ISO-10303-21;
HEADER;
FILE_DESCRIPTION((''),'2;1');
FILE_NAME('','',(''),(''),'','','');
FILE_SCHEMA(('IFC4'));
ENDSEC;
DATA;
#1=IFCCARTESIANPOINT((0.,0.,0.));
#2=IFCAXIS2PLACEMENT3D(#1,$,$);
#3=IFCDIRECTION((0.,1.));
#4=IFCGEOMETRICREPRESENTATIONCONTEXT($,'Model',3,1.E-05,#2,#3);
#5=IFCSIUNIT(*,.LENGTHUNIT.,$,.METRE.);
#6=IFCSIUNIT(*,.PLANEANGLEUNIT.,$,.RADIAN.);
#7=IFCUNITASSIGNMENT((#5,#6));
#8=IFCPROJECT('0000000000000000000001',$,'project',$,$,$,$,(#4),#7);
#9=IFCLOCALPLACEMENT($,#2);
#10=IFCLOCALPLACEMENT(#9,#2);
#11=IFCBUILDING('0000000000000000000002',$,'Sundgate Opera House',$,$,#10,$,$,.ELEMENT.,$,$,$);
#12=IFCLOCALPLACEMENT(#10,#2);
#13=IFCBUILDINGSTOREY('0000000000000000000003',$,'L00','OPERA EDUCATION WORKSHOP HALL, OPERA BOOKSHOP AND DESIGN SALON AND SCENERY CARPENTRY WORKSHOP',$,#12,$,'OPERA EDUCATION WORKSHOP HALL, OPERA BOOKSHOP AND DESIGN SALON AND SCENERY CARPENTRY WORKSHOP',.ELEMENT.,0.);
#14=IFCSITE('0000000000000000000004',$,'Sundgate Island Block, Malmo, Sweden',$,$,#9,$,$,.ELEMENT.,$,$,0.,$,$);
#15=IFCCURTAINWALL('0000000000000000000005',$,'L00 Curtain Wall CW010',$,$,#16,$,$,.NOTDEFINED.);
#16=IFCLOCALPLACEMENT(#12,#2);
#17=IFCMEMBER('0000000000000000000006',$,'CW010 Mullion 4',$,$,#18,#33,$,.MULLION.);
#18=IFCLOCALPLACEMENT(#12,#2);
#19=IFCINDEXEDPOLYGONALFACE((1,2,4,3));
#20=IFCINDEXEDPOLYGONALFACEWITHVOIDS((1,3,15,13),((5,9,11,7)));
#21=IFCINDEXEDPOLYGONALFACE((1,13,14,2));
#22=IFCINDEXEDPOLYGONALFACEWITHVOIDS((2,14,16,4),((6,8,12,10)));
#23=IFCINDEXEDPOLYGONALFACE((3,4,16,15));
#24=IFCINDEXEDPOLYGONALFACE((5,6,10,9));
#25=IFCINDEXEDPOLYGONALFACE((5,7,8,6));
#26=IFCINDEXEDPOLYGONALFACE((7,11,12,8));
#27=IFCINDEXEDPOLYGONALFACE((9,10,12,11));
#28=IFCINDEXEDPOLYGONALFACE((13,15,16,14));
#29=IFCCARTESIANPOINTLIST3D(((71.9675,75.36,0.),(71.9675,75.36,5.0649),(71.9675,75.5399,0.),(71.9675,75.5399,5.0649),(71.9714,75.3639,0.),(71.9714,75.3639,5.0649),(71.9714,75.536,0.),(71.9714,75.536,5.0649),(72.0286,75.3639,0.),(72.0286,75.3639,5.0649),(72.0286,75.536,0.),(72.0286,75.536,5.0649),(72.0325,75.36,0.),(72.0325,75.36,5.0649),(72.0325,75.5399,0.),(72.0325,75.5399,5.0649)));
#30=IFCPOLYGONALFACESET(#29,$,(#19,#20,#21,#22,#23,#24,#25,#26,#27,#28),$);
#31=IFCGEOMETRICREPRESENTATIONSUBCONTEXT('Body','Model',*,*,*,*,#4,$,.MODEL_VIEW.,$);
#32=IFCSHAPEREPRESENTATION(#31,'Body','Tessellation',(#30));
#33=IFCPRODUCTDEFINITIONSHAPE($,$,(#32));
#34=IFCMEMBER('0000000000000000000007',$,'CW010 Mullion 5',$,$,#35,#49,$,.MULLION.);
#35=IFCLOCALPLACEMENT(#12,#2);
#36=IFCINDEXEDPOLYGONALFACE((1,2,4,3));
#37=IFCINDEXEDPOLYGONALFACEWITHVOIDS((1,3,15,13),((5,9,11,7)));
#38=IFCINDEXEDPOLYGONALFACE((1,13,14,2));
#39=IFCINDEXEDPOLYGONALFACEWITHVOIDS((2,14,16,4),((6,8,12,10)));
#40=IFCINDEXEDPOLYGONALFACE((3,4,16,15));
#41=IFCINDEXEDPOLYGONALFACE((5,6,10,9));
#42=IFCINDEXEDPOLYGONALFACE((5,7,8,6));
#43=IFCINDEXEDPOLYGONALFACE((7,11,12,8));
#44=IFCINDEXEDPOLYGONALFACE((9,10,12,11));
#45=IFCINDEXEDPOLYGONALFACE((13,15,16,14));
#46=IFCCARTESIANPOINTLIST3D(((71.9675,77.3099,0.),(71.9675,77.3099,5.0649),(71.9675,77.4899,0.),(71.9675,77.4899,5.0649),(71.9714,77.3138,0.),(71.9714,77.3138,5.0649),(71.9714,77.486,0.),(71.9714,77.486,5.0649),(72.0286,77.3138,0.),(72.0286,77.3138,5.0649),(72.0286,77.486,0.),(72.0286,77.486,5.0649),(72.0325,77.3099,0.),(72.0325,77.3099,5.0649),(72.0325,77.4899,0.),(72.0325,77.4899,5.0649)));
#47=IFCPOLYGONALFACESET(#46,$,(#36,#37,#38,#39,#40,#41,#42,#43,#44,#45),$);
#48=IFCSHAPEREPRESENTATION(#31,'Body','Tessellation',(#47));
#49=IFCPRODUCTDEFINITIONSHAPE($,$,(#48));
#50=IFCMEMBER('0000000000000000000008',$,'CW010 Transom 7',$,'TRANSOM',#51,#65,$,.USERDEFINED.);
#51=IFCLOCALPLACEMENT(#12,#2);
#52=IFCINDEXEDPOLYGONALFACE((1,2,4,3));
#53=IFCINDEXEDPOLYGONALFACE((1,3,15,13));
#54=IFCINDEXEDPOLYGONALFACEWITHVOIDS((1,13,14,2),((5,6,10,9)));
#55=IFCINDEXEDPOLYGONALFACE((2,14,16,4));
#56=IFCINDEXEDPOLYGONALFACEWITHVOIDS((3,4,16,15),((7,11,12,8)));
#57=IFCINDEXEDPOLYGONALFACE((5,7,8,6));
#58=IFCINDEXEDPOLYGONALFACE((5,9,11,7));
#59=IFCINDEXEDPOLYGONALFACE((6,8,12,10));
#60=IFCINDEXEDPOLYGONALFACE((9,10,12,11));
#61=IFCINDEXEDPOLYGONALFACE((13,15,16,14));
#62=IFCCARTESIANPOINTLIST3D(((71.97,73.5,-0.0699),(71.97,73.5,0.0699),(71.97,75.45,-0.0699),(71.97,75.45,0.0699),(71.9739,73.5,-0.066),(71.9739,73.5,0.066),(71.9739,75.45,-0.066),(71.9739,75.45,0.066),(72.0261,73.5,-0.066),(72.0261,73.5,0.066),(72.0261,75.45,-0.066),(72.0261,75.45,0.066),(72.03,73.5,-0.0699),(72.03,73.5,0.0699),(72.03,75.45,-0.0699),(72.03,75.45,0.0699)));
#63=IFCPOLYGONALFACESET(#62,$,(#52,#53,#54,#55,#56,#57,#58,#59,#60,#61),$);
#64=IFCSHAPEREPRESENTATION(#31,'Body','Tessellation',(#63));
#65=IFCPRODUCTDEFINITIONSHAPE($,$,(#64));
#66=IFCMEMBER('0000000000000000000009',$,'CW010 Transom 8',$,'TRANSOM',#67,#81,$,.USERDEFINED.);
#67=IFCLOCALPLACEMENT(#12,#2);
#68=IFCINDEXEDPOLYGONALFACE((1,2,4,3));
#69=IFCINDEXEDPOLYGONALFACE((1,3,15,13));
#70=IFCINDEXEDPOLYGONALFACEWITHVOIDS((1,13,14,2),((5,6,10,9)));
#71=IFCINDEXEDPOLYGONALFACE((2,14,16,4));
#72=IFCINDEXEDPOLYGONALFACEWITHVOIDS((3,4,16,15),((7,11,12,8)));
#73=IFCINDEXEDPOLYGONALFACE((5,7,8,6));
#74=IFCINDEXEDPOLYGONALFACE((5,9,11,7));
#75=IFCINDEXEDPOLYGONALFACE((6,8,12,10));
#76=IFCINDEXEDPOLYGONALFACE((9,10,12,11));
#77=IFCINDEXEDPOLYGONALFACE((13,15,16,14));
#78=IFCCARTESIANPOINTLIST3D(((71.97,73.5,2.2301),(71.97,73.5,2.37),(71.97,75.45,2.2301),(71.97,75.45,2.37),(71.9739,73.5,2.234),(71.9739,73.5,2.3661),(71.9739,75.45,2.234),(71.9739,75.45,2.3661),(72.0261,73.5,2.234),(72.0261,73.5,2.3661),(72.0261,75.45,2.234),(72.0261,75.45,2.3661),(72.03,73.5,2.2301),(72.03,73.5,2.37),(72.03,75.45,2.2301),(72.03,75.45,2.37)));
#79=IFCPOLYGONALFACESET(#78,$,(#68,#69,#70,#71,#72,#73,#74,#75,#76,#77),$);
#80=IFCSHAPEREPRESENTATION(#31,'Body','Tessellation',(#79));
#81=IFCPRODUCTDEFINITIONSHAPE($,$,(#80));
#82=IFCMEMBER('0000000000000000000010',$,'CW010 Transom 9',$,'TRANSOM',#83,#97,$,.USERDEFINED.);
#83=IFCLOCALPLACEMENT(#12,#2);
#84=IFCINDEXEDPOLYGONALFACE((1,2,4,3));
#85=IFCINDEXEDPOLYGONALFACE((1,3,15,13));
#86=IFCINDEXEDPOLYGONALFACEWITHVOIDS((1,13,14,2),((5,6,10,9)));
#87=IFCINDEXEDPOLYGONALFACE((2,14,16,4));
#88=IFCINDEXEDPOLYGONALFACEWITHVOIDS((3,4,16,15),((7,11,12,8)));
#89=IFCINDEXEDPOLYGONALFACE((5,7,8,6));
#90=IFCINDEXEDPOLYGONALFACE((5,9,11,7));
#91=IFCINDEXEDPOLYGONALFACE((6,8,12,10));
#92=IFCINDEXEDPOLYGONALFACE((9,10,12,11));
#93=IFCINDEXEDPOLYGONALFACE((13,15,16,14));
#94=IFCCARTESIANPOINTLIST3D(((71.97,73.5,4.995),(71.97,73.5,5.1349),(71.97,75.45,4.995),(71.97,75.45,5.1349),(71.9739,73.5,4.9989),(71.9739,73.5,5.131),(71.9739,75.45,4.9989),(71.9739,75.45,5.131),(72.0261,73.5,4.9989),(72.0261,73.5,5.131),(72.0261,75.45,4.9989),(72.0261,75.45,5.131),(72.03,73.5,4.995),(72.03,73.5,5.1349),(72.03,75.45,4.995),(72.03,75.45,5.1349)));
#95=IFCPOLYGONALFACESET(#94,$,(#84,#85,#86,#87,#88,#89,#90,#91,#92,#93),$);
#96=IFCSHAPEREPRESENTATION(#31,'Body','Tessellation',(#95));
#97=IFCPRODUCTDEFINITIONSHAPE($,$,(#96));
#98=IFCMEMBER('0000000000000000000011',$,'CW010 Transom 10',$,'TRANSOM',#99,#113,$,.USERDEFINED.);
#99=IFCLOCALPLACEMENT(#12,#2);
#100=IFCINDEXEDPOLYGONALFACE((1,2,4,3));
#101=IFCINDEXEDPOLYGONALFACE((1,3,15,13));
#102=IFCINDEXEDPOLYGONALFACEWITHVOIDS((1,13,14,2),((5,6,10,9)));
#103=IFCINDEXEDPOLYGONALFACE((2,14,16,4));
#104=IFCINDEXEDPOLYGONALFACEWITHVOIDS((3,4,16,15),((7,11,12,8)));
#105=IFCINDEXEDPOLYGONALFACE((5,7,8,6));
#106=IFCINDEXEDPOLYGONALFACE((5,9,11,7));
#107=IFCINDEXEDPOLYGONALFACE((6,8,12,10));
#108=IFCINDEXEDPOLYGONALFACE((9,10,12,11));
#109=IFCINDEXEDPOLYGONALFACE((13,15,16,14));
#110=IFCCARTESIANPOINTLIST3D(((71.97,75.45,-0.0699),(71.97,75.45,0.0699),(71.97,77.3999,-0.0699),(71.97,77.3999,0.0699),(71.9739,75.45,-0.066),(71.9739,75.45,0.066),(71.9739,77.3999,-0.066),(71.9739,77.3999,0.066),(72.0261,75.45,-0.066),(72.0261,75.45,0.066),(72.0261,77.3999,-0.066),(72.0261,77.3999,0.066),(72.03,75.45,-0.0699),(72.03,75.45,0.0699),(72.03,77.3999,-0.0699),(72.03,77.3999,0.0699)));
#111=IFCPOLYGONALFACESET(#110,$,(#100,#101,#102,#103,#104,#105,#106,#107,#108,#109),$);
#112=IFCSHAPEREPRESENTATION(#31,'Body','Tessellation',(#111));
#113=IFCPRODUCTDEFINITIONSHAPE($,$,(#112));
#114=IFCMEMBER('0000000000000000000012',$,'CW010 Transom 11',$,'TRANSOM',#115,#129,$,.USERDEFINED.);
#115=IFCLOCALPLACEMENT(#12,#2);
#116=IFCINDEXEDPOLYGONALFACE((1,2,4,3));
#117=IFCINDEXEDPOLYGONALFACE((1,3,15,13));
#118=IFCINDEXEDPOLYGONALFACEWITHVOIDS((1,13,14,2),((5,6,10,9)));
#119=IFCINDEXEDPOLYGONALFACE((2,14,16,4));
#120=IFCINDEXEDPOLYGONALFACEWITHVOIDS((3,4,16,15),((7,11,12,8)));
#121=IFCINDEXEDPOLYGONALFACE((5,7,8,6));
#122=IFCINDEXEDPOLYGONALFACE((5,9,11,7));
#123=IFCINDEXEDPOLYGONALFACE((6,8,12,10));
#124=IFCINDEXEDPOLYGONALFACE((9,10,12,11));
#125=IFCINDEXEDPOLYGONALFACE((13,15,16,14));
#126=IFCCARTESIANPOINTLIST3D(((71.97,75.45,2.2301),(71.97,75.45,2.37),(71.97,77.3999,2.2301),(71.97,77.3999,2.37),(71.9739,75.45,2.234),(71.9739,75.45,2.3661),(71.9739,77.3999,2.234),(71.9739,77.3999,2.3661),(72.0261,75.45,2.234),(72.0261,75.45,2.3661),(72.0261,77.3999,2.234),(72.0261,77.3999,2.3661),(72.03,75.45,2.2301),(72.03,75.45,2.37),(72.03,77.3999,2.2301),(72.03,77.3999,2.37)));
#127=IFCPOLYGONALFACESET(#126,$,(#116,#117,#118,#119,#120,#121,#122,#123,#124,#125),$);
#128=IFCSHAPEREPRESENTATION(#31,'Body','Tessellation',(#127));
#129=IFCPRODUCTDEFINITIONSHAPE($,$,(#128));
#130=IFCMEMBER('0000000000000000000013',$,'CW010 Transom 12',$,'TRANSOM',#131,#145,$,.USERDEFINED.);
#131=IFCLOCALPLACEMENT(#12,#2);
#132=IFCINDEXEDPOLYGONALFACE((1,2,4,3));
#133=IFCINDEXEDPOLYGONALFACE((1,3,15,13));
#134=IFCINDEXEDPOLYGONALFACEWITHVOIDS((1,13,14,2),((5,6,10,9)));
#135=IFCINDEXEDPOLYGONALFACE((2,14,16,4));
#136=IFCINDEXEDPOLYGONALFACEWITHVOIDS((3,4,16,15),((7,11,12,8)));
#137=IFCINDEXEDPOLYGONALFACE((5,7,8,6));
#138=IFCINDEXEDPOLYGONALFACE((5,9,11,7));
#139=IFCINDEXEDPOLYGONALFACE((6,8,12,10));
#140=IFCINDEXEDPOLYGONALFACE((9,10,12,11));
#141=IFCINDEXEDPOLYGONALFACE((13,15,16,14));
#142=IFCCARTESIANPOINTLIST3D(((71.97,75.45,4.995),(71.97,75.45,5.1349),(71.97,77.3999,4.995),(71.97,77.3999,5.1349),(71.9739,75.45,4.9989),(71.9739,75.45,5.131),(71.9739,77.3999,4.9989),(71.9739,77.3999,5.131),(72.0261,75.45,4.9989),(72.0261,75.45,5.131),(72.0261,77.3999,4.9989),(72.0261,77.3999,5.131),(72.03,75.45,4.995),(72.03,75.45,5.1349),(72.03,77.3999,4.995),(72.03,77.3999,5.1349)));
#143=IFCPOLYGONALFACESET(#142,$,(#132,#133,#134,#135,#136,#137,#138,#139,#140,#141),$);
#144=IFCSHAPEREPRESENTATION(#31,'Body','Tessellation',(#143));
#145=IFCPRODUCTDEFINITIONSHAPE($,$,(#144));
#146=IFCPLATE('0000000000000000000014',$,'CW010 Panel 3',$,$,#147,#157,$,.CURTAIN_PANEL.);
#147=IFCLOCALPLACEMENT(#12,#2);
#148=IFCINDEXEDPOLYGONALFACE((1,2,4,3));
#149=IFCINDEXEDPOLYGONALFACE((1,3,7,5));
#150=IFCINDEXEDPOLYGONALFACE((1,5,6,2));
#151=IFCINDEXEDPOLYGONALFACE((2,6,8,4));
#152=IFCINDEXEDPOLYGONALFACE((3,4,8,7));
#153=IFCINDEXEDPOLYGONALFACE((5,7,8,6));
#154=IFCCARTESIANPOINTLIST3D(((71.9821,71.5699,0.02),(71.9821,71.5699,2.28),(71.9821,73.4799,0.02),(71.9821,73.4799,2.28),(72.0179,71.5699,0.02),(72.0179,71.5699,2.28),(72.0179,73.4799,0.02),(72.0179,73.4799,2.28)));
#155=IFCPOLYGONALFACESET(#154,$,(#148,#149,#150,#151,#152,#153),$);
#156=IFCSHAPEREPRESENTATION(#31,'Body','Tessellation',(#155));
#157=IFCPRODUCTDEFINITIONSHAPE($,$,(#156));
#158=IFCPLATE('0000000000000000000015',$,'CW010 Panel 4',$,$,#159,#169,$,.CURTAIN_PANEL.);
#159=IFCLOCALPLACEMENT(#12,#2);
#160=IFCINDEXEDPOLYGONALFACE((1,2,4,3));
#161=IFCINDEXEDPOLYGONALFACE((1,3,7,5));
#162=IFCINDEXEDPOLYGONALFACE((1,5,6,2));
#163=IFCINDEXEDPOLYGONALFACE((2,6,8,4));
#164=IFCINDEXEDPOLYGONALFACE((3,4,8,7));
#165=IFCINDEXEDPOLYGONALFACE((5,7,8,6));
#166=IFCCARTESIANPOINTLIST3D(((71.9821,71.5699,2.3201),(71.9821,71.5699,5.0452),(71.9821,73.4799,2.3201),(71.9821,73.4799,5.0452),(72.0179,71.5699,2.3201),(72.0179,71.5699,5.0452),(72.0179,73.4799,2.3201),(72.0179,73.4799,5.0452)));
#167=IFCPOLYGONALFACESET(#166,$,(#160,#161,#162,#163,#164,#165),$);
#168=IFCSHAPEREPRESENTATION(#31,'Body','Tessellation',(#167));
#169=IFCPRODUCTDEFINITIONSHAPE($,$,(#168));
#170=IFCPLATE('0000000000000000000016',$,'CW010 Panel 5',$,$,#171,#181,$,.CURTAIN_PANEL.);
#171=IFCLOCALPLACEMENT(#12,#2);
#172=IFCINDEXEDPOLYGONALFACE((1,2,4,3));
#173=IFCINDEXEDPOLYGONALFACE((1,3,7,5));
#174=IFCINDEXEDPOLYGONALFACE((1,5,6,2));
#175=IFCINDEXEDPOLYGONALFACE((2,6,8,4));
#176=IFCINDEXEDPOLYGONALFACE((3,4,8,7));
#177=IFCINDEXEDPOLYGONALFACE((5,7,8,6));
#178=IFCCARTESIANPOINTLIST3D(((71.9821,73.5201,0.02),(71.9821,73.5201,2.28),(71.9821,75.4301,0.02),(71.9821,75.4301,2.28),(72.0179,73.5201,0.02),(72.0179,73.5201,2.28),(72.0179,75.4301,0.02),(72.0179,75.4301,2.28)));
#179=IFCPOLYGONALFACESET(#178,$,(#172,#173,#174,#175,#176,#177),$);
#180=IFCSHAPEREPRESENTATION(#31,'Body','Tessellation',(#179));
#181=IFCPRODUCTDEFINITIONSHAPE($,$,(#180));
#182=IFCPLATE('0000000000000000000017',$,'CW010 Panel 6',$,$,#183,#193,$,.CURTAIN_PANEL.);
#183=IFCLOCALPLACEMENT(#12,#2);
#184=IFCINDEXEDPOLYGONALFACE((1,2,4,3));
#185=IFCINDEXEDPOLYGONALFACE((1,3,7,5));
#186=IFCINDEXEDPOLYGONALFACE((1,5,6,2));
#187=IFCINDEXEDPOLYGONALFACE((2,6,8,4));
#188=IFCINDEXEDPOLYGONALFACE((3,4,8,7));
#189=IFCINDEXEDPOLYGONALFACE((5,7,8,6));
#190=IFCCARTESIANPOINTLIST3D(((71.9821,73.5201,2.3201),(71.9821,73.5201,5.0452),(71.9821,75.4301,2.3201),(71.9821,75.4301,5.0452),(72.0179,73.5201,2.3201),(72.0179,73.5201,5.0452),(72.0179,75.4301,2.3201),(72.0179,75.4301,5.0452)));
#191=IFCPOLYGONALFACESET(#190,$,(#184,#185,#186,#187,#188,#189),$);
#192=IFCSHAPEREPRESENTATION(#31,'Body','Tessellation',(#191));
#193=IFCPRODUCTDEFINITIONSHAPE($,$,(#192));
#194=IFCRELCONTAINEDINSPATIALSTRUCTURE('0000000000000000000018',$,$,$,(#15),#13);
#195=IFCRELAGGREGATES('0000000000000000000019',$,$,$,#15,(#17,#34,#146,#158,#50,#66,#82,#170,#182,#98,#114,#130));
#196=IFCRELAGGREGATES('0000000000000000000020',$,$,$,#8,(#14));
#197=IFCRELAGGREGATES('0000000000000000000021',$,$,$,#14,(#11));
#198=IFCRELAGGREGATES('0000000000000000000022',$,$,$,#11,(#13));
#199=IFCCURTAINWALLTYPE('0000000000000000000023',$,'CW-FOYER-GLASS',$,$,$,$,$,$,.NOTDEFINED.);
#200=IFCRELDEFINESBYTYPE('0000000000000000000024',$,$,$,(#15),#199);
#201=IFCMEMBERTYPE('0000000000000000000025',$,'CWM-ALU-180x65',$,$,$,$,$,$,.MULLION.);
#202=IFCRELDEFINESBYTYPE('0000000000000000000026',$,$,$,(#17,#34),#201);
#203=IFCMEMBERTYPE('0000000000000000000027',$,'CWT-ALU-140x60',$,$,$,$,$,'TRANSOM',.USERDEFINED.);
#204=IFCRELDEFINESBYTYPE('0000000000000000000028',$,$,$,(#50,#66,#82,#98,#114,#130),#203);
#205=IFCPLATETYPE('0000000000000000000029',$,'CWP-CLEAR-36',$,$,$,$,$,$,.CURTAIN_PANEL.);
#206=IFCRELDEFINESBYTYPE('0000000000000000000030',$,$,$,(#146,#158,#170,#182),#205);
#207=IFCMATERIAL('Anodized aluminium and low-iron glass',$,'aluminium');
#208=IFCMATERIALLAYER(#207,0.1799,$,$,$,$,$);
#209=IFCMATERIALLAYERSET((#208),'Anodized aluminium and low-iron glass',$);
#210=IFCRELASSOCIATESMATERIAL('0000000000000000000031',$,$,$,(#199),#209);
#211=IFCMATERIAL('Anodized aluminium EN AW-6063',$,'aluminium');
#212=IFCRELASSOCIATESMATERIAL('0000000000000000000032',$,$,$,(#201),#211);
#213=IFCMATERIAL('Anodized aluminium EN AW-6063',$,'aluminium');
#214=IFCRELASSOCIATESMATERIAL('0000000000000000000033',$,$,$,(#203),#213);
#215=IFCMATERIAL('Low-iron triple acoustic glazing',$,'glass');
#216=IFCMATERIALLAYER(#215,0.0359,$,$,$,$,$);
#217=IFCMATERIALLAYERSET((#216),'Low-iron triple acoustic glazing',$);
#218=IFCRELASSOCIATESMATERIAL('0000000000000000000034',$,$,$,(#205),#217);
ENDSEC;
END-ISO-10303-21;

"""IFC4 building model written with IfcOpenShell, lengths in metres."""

from ifc_helpers import new_model, si_unit, direction, frame, origin, origin_2d, place, context, subcontext, project, spatial, rectangle, hollow_rectangle, extrude, material, layer, layer_set, material_profile, profile_set, type_object, element, aggregate, save


model = new_model("IFC4")

# Units and contexts
model_context = context("Model", 3, precision=1e-05, world=origin(), true_north=direction((0.0, 1.0)))
body_context = subcontext(model_context, "Body", "Model", "MODEL_VIEW")
ifc_project = project(units=[si_unit("LENGTHUNIT", "METRE"), si_unit("PLANEANGLEUNIT", "RADIAN")], contexts=[model_context])

# Site, building, storey
site_placement = place(None, origin())
site = spatial("IfcSite", under=ifc_project, at=site_placement, Name="Sundgate Island Block, Malmo, Sweden", CompositionType="ELEMENT", RefElevation=0.0)
building_placement = place(site_placement, origin())
building = spatial("IfcBuilding", under=site, at=building_placement, Name="Sundgate Opera House", CompositionType="ELEMENT")
storey_placement = place(building_placement, origin())
storey = spatial("IfcBuildingStorey", under=building, at=storey_placement, Name="L00", Description="OPERA EDUCATION WORKSHOP HALL, OPERA BOOKSHOP AND DESIGN SALON AND SCENERY CARPENTRY WORKSHOP", LongName="OPERA EDUCATION WORKSHOP HALL, OPERA BOOKSHOP AND DESIGN SALON AND SCENERY CARPENTRY WORKSHOP", CompositionType="ELEMENT", Elevation=0.0)

# Curtain wall, members, plates
ifc_material_1 = material(Name="Anodized aluminium and low-iron glass", Category="aluminium")
ifc_layer_1 = layer(ifc_material_1, 0.1799)
ifc_layer_set_1 = layer_set([ifc_layer_1], Name="Anodized aluminium and low-iron glass")
curtain_wall_type = type_object("IfcCurtainWallType", Name="CW-FOYER-GLASS", PredefinedType="NOTDEFINED", material=ifc_layer_set_1)
curtain_wall_placement = place(storey_placement, origin())
curtain_wall = element("IfcCurtainWall", 1, at=curtain_wall_placement, inside=storey, type_object=curtain_wall_type, Name="L00 Curtain Wall CW010", PredefinedType="NOTDEFINED")
ifc_material_2 = material(Name="Anodized aluminium EN AW-6063", Category="aluminium")
ifc_material_profile_1 = material_profile(ifc_material_2, hollow_rectangle(XDim=0.0649, YDim=0.1799, WallThickness=0.0039, at=origin_2d()), Name="CWM 180x65x4")
ifc_profile_set_1 = profile_set([ifc_material_profile_1], Name="Anodized aluminium EN AW-6063")
member_type_1 = type_object("IfcMemberType", Name="CWM-ALU-180x65", PredefinedType="MULLION", material=ifc_profile_set_1)
member_1_placement = place(storey_placement, frame((72.0, 75.45, 0.0), z_axis=(0.0, 0.0, 1.0), x_axis=(1.0, 0.0, 0.0)))
member_1 = element("IfcMember", 2, at=member_1_placement, type_object=member_type_1, Name="CW010 Mullion 4", PredefinedType="MULLION", context=body_context, shape_type="SweptSolid", body=[
    extrude(hollow_rectangle(XDim=0.0649, YDim=0.1799, WallThickness=0.0039, at=origin_2d()), origin(), (0.0, 0.0, 1.0), 5.0649),
])
member_2_placement = place(storey_placement, frame((72.0, 77.3999, 0.0), z_axis=(0.0, 0.0, 1.0), x_axis=(1.0, 0.0, 0.0)))
member_2 = element("IfcMember", 3, at=member_2_placement, type_object=member_type_1, Name="CW010 Mullion 5", PredefinedType="MULLION", context=body_context, shape_type="SweptSolid", body=[
    extrude(hollow_rectangle(XDim=0.0649, YDim=0.1799, WallThickness=0.0039, at=origin_2d()), origin(), (0.0, 0.0, 1.0), 5.0649),
])
ifc_material_3 = material(Name="Anodized aluminium EN AW-6063", Category="aluminium")
ifc_material_profile_2 = material_profile(ifc_material_3, hollow_rectangle(XDim=0.0601, YDim=0.1399, WallThickness=0.0039, at=origin_2d()), Name="CWT 140x60x4")
ifc_profile_set_2 = profile_set([ifc_material_profile_2], Name="Anodized aluminium EN AW-6063")
member_type_2 = type_object("IfcMemberType", Name="CWT-ALU-140x60", ElementType="TRANSOM", PredefinedType="USERDEFINED", material=ifc_profile_set_2)
member_3_placement = place(storey_placement, frame((72.0, 73.5, 0.0), z_axis=(0.0, 1.0, 0.0), x_axis=(-1.0, 0.0, 0.0)))
member_3 = element("IfcMember", 4, at=member_3_placement, type_object=member_type_2, Name="CW010 Transom 7", ObjectType="TRANSOM", PredefinedType="USERDEFINED", context=body_context, shape_type="SweptSolid", body=[
    extrude(hollow_rectangle(XDim=0.0601, YDim=0.1399, WallThickness=0.0039, at=origin_2d()), origin(), (0.0, 0.0, 1.0), 1.95),
])
member_4_placement = place(storey_placement, frame((72.0, 73.5, 2.3), z_axis=(0.0, 1.0, 0.0), x_axis=(-1.0, 0.0, 0.0)))
member_4 = element("IfcMember", 5, at=member_4_placement, type_object=member_type_2, Name="CW010 Transom 8", ObjectType="TRANSOM", PredefinedType="USERDEFINED", context=body_context, shape_type="SweptSolid", body=[
    extrude(hollow_rectangle(XDim=0.0601, YDim=0.1399, WallThickness=0.0039, at=origin_2d()), origin(), (0.0, 0.0, 1.0), 1.95),
])
member_5_placement = place(storey_placement, frame((72.0, 73.5, 5.0649), z_axis=(0.0, 1.0, 0.0), x_axis=(-1.0, 0.0, 0.0)))
member_5 = element("IfcMember", 6, at=member_5_placement, type_object=member_type_2, Name="CW010 Transom 9", ObjectType="TRANSOM", PredefinedType="USERDEFINED", context=body_context, shape_type="SweptSolid", body=[
    extrude(hollow_rectangle(XDim=0.0601, YDim=0.1399, WallThickness=0.0039, at=origin_2d()), origin(), (0.0, 0.0, 1.0), 1.95),
])
member_6_placement = place(storey_placement, frame((72.0, 75.45, 0.0), z_axis=(0.0, 1.0, 0.0), x_axis=(-1.0, 0.0, 0.0)))
member_6 = element("IfcMember", 7, at=member_6_placement, type_object=member_type_2, Name="CW010 Transom 10", ObjectType="TRANSOM", PredefinedType="USERDEFINED", context=body_context, shape_type="SweptSolid", body=[
    extrude(hollow_rectangle(XDim=0.0601, YDim=0.1399, WallThickness=0.0039, at=origin_2d()), origin(), (0.0, 0.0, 1.0), 1.95),
])
member_7_placement = place(storey_placement, frame((72.0, 75.45, 2.3), z_axis=(0.0, 1.0, 0.0), x_axis=(-1.0, 0.0, 0.0)))
member_7 = element("IfcMember", 8, at=member_7_placement, type_object=member_type_2, Name="CW010 Transom 11", ObjectType="TRANSOM", PredefinedType="USERDEFINED", context=body_context, shape_type="SweptSolid", body=[
    extrude(hollow_rectangle(XDim=0.0601, YDim=0.1399, WallThickness=0.0039, at=origin_2d()), origin(), (0.0, 0.0, 1.0), 1.95),
])
member_8_placement = place(storey_placement, frame((72.0, 75.45, 5.0649), z_axis=(0.0, 1.0, 0.0), x_axis=(-1.0, 0.0, 0.0)))
member_8 = element("IfcMember", 9, at=member_8_placement, type_object=member_type_2, Name="CW010 Transom 12", ObjectType="TRANSOM", PredefinedType="USERDEFINED", context=body_context, shape_type="SweptSolid", body=[
    extrude(hollow_rectangle(XDim=0.0601, YDim=0.1399, WallThickness=0.0039, at=origin_2d()), origin(), (0.0, 0.0, 1.0), 1.95),
])
ifc_material_4 = material(Name="Low-iron triple acoustic glazing", Category="glass")
ifc_layer_2 = layer(ifc_material_4, 0.0359)
ifc_layer_set_2 = layer_set([ifc_layer_2], Name="Low-iron triple acoustic glazing")
plate_type = type_object("IfcPlateType", Name="CWP-CLEAR-36", PredefinedType="CURTAIN_PANEL", material=ifc_layer_set_2)
plate_1_placement = place(storey_placement, frame((72.0, 72.5249, 0.02), z_axis=(0.0, 0.0, 1.0), x_axis=(0.0, 1.0, 0.0)))
plate_1 = element("IfcPlate", 10, at=plate_1_placement, type_object=plate_type, Name="CW010 Panel 3", PredefinedType="CURTAIN_PANEL", context=body_context, shape_type="SweptSolid", body=[
    extrude(rectangle(XDim=1.9099, YDim=0.0359, at=origin_2d()), origin(), (0.0, 0.0, 1.0), 2.26),
])
plate_2_placement = place(storey_placement, frame((72.0, 72.5249, 2.3201), z_axis=(0.0, 0.0, 1.0), x_axis=(0.0, 1.0, 0.0)))
plate_2 = element("IfcPlate", 11, at=plate_2_placement, type_object=plate_type, Name="CW010 Panel 4", PredefinedType="CURTAIN_PANEL", context=body_context, shape_type="SweptSolid", body=[
    extrude(rectangle(XDim=1.9099, YDim=0.0359, at=origin_2d()), origin(), (0.0, 0.0, 1.0), 2.7251),
])
plate_3_placement = place(storey_placement, frame((72.0, 74.4751, 0.02), z_axis=(0.0, 0.0, 1.0), x_axis=(0.0, 1.0, 0.0)))
plate_3 = element("IfcPlate", 12, at=plate_3_placement, type_object=plate_type, Name="CW010 Panel 5", PredefinedType="CURTAIN_PANEL", context=body_context, shape_type="SweptSolid", body=[
    extrude(rectangle(XDim=1.9099, YDim=0.0359, at=origin_2d()), origin(), (0.0, 0.0, 1.0), 2.26),
])
plate_4_placement = place(storey_placement, frame((72.0, 74.4751, 2.3201), z_axis=(0.0, 0.0, 1.0), x_axis=(0.0, 1.0, 0.0)))
plate_4 = element("IfcPlate", 13, at=plate_4_placement, type_object=plate_type, Name="CW010 Panel 6", PredefinedType="CURTAIN_PANEL", context=body_context, shape_type="SweptSolid", body=[
    extrude(rectangle(XDim=1.9099, YDim=0.0359, at=origin_2d()), origin(), (0.0, 0.0, 1.0), 2.7251),
])
aggregate(curtain_wall, [member_1, member_2, plate_1, plate_2, member_3, member_4, member_5, plate_3, plate_4, member_6, member_7, member_8])

save(model, "model.ifc")
